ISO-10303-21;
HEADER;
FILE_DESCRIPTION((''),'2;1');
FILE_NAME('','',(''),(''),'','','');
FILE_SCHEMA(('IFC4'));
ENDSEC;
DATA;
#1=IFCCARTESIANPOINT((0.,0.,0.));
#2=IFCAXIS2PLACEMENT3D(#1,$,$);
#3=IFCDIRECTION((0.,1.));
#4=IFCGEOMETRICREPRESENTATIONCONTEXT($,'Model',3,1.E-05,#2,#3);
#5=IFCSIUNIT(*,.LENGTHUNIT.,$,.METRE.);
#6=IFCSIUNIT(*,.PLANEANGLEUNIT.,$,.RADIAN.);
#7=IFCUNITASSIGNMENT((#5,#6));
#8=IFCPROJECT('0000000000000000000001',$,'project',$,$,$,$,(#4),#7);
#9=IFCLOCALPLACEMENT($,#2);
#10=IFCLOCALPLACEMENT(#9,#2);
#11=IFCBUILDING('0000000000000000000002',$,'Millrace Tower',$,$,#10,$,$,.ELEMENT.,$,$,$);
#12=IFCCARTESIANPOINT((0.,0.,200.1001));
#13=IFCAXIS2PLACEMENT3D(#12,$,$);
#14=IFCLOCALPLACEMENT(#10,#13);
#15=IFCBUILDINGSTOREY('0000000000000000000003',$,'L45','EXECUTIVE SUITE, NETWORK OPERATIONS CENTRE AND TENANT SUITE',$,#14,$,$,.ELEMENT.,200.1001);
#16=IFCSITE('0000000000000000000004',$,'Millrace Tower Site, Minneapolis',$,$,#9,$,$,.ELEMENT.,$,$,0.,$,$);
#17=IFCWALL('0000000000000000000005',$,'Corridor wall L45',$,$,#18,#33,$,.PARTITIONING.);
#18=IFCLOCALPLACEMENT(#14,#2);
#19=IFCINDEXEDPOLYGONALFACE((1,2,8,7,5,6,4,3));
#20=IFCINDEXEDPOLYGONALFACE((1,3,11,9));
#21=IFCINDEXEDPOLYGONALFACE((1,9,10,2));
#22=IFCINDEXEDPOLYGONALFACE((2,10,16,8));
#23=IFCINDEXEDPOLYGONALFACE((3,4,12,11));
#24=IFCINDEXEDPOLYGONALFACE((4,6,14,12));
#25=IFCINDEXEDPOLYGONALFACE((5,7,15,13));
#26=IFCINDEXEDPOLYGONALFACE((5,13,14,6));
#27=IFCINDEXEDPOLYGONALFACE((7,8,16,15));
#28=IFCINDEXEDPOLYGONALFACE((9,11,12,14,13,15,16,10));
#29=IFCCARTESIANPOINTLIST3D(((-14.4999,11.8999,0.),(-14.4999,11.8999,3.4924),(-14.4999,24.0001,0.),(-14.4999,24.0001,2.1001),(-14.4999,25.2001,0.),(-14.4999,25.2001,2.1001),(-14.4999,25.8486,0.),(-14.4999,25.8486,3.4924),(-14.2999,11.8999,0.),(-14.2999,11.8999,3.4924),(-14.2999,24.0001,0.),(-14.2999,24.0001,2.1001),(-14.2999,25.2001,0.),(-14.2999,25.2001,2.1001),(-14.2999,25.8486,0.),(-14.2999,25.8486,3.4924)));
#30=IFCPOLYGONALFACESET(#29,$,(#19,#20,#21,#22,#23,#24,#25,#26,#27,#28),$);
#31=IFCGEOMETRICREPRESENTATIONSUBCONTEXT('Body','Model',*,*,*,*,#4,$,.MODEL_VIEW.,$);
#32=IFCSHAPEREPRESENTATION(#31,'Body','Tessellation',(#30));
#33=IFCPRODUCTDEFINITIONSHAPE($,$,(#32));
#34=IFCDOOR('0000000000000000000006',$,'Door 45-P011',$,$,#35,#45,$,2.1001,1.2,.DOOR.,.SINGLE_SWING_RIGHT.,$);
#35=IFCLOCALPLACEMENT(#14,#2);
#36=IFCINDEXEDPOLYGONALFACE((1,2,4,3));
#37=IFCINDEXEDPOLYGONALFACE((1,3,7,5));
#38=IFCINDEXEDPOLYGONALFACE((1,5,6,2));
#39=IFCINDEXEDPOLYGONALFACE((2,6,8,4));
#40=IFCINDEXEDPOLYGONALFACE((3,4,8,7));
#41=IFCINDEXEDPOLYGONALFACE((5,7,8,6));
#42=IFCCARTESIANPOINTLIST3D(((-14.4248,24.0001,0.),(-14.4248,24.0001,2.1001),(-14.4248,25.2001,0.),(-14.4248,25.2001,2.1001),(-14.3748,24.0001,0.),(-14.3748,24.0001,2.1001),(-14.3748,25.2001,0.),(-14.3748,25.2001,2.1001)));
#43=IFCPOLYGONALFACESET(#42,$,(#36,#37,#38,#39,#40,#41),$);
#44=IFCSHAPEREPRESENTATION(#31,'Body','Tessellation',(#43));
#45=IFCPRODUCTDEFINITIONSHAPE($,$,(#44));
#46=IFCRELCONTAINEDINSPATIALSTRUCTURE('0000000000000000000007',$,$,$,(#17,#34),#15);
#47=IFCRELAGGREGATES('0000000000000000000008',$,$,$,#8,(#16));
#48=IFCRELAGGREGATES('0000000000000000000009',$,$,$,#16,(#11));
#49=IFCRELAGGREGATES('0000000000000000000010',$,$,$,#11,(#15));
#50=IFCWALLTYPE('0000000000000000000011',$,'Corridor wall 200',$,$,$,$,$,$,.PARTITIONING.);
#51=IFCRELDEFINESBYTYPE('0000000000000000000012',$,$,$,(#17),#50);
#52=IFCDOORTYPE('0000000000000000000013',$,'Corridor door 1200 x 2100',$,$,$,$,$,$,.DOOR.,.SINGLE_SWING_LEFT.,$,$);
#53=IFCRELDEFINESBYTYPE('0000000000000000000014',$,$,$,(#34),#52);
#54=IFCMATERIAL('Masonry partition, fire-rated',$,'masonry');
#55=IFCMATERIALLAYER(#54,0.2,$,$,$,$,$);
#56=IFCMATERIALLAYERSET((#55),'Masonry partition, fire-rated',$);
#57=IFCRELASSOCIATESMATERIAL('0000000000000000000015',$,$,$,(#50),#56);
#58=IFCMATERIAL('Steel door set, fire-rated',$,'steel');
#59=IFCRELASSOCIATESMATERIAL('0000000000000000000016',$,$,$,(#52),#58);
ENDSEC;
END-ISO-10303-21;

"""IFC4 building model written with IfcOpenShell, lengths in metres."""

from ifc_helpers import new_model, si_unit, direction, frame, frame_2d, origin, place, context, subcontext, project, spatial, rectangle, extrude, material, layer, layer_set, type_object, element, fill, save


model = new_model("IFC4")

# Units and contexts
model_context = context("Model", 3, precision=1e-05, world=origin(), true_north=direction((0.0, 1.0)))
body_context = subcontext(model_context, "Body", "Model", "MODEL_VIEW")
ifc_project = project(units=[si_unit("LENGTHUNIT", "METRE"), si_unit("PLANEANGLEUNIT", "RADIAN")], contexts=[model_context])

# Site, building, storey
site_placement = place(None, origin())
site = spatial("IfcSite", under=ifc_project, at=site_placement, Name="Millrace Tower Site, Minneapolis", CompositionType="ELEMENT", RefElevation=0.0)
building_placement = place(site_placement, origin())
building = spatial("IfcBuilding", under=site, at=building_placement, Name="Millrace Tower", CompositionType="ELEMENT")
storey_placement = place(building_placement, frame((0.0, 0.0, 200.1001)))
storey = spatial("IfcBuildingStorey", under=building, at=storey_placement, Name="L45", Description="EXECUTIVE SUITE, NETWORK OPERATIONS CENTRE AND TENANT SUITE", CompositionType="ELEMENT", Elevation=200.1001)

# Shared definitions
ifc_material_1 = material(Name="Masonry partition, fire-rated", Category="masonry")
ifc_layer = layer(ifc_material_1, 0.2)
ifc_layer_set = layer_set([ifc_layer], Name="Masonry partition, fire-rated")
wall_type = type_object("IfcWallType", Name="Corridor wall 200", PredefinedType="PARTITIONING", material=ifc_layer_set)

# Wall, opening, door
wall_1_placement = place(storey_placement, frame((-14.3999, 11.8999, 0.0), z_axis=(0.0, 0.0, 1.0), x_axis=(0.0, 1.0, 0.0)))
wall_1 = element("IfcWall", 1, at=wall_1_placement, inside=storey, type_object=wall_type, Name="Corridor wall L45", PredefinedType="PARTITIONING", context=body_context, shape_type="SweptSolid", body=[
    extrude(rectangle(XDim=13.9487, YDim=0.2, at=frame_2d((6.9744, 0.0))), origin(), (0.0, 0.0, 1.0), 3.4924),
])
opening_1_placement = place(wall_1_placement, frame((12.1001, 0.0, 0.0)))
opening_1 = element("IfcOpeningElement", 2, at=opening_1_placement, cuts=wall_1, PredefinedType="OPENING", context=body_context, shape_type="SweptSolid", body=[
    extrude(rectangle(XDim=1.2, YDim=2.1001, at=frame_2d((0.6001, 1.05))), frame((0.0, 0.1099, 0.0), z_axis=(0.0, -1.0, 0.0), x_axis=(1.0, 0.0, 0.0)), (0.0, 0.0, 1.0), 0.22),
])
ifc_material_2 = material(Name="Steel door set, fire-rated", Category="steel")
door_type_1 = type_object("IfcDoorType", Name="Corridor door 1200 x 2100", OperationType="SINGLE_SWING_LEFT", PredefinedType="DOOR", material=ifc_material_2)
door_1_placement = place(opening_1_placement, origin())
door_1 = element("IfcDoor", 3, at=door_1_placement, inside=storey, type_object=door_type_1, Name="Door 45-P011", OperationType="SINGLE_SWING_RIGHT", OverallHeight=2.1001, OverallWidth=1.2, PredefinedType="DOOR", context=body_context, shape_type="SweptSolid", body=[
    extrude(rectangle(XDim=1.2, YDim=2.1001, at=frame_2d((0.6001, 1.05))), frame((0.0, 0.0249, 0.0), z_axis=(0.0, -1.0, 0.0), x_axis=(1.0, 0.0, 0.0)), (0.0, 0.0, 1.0), 0.05),
])
fill(opening_1, door_1)

save(model, "model.ifc")
